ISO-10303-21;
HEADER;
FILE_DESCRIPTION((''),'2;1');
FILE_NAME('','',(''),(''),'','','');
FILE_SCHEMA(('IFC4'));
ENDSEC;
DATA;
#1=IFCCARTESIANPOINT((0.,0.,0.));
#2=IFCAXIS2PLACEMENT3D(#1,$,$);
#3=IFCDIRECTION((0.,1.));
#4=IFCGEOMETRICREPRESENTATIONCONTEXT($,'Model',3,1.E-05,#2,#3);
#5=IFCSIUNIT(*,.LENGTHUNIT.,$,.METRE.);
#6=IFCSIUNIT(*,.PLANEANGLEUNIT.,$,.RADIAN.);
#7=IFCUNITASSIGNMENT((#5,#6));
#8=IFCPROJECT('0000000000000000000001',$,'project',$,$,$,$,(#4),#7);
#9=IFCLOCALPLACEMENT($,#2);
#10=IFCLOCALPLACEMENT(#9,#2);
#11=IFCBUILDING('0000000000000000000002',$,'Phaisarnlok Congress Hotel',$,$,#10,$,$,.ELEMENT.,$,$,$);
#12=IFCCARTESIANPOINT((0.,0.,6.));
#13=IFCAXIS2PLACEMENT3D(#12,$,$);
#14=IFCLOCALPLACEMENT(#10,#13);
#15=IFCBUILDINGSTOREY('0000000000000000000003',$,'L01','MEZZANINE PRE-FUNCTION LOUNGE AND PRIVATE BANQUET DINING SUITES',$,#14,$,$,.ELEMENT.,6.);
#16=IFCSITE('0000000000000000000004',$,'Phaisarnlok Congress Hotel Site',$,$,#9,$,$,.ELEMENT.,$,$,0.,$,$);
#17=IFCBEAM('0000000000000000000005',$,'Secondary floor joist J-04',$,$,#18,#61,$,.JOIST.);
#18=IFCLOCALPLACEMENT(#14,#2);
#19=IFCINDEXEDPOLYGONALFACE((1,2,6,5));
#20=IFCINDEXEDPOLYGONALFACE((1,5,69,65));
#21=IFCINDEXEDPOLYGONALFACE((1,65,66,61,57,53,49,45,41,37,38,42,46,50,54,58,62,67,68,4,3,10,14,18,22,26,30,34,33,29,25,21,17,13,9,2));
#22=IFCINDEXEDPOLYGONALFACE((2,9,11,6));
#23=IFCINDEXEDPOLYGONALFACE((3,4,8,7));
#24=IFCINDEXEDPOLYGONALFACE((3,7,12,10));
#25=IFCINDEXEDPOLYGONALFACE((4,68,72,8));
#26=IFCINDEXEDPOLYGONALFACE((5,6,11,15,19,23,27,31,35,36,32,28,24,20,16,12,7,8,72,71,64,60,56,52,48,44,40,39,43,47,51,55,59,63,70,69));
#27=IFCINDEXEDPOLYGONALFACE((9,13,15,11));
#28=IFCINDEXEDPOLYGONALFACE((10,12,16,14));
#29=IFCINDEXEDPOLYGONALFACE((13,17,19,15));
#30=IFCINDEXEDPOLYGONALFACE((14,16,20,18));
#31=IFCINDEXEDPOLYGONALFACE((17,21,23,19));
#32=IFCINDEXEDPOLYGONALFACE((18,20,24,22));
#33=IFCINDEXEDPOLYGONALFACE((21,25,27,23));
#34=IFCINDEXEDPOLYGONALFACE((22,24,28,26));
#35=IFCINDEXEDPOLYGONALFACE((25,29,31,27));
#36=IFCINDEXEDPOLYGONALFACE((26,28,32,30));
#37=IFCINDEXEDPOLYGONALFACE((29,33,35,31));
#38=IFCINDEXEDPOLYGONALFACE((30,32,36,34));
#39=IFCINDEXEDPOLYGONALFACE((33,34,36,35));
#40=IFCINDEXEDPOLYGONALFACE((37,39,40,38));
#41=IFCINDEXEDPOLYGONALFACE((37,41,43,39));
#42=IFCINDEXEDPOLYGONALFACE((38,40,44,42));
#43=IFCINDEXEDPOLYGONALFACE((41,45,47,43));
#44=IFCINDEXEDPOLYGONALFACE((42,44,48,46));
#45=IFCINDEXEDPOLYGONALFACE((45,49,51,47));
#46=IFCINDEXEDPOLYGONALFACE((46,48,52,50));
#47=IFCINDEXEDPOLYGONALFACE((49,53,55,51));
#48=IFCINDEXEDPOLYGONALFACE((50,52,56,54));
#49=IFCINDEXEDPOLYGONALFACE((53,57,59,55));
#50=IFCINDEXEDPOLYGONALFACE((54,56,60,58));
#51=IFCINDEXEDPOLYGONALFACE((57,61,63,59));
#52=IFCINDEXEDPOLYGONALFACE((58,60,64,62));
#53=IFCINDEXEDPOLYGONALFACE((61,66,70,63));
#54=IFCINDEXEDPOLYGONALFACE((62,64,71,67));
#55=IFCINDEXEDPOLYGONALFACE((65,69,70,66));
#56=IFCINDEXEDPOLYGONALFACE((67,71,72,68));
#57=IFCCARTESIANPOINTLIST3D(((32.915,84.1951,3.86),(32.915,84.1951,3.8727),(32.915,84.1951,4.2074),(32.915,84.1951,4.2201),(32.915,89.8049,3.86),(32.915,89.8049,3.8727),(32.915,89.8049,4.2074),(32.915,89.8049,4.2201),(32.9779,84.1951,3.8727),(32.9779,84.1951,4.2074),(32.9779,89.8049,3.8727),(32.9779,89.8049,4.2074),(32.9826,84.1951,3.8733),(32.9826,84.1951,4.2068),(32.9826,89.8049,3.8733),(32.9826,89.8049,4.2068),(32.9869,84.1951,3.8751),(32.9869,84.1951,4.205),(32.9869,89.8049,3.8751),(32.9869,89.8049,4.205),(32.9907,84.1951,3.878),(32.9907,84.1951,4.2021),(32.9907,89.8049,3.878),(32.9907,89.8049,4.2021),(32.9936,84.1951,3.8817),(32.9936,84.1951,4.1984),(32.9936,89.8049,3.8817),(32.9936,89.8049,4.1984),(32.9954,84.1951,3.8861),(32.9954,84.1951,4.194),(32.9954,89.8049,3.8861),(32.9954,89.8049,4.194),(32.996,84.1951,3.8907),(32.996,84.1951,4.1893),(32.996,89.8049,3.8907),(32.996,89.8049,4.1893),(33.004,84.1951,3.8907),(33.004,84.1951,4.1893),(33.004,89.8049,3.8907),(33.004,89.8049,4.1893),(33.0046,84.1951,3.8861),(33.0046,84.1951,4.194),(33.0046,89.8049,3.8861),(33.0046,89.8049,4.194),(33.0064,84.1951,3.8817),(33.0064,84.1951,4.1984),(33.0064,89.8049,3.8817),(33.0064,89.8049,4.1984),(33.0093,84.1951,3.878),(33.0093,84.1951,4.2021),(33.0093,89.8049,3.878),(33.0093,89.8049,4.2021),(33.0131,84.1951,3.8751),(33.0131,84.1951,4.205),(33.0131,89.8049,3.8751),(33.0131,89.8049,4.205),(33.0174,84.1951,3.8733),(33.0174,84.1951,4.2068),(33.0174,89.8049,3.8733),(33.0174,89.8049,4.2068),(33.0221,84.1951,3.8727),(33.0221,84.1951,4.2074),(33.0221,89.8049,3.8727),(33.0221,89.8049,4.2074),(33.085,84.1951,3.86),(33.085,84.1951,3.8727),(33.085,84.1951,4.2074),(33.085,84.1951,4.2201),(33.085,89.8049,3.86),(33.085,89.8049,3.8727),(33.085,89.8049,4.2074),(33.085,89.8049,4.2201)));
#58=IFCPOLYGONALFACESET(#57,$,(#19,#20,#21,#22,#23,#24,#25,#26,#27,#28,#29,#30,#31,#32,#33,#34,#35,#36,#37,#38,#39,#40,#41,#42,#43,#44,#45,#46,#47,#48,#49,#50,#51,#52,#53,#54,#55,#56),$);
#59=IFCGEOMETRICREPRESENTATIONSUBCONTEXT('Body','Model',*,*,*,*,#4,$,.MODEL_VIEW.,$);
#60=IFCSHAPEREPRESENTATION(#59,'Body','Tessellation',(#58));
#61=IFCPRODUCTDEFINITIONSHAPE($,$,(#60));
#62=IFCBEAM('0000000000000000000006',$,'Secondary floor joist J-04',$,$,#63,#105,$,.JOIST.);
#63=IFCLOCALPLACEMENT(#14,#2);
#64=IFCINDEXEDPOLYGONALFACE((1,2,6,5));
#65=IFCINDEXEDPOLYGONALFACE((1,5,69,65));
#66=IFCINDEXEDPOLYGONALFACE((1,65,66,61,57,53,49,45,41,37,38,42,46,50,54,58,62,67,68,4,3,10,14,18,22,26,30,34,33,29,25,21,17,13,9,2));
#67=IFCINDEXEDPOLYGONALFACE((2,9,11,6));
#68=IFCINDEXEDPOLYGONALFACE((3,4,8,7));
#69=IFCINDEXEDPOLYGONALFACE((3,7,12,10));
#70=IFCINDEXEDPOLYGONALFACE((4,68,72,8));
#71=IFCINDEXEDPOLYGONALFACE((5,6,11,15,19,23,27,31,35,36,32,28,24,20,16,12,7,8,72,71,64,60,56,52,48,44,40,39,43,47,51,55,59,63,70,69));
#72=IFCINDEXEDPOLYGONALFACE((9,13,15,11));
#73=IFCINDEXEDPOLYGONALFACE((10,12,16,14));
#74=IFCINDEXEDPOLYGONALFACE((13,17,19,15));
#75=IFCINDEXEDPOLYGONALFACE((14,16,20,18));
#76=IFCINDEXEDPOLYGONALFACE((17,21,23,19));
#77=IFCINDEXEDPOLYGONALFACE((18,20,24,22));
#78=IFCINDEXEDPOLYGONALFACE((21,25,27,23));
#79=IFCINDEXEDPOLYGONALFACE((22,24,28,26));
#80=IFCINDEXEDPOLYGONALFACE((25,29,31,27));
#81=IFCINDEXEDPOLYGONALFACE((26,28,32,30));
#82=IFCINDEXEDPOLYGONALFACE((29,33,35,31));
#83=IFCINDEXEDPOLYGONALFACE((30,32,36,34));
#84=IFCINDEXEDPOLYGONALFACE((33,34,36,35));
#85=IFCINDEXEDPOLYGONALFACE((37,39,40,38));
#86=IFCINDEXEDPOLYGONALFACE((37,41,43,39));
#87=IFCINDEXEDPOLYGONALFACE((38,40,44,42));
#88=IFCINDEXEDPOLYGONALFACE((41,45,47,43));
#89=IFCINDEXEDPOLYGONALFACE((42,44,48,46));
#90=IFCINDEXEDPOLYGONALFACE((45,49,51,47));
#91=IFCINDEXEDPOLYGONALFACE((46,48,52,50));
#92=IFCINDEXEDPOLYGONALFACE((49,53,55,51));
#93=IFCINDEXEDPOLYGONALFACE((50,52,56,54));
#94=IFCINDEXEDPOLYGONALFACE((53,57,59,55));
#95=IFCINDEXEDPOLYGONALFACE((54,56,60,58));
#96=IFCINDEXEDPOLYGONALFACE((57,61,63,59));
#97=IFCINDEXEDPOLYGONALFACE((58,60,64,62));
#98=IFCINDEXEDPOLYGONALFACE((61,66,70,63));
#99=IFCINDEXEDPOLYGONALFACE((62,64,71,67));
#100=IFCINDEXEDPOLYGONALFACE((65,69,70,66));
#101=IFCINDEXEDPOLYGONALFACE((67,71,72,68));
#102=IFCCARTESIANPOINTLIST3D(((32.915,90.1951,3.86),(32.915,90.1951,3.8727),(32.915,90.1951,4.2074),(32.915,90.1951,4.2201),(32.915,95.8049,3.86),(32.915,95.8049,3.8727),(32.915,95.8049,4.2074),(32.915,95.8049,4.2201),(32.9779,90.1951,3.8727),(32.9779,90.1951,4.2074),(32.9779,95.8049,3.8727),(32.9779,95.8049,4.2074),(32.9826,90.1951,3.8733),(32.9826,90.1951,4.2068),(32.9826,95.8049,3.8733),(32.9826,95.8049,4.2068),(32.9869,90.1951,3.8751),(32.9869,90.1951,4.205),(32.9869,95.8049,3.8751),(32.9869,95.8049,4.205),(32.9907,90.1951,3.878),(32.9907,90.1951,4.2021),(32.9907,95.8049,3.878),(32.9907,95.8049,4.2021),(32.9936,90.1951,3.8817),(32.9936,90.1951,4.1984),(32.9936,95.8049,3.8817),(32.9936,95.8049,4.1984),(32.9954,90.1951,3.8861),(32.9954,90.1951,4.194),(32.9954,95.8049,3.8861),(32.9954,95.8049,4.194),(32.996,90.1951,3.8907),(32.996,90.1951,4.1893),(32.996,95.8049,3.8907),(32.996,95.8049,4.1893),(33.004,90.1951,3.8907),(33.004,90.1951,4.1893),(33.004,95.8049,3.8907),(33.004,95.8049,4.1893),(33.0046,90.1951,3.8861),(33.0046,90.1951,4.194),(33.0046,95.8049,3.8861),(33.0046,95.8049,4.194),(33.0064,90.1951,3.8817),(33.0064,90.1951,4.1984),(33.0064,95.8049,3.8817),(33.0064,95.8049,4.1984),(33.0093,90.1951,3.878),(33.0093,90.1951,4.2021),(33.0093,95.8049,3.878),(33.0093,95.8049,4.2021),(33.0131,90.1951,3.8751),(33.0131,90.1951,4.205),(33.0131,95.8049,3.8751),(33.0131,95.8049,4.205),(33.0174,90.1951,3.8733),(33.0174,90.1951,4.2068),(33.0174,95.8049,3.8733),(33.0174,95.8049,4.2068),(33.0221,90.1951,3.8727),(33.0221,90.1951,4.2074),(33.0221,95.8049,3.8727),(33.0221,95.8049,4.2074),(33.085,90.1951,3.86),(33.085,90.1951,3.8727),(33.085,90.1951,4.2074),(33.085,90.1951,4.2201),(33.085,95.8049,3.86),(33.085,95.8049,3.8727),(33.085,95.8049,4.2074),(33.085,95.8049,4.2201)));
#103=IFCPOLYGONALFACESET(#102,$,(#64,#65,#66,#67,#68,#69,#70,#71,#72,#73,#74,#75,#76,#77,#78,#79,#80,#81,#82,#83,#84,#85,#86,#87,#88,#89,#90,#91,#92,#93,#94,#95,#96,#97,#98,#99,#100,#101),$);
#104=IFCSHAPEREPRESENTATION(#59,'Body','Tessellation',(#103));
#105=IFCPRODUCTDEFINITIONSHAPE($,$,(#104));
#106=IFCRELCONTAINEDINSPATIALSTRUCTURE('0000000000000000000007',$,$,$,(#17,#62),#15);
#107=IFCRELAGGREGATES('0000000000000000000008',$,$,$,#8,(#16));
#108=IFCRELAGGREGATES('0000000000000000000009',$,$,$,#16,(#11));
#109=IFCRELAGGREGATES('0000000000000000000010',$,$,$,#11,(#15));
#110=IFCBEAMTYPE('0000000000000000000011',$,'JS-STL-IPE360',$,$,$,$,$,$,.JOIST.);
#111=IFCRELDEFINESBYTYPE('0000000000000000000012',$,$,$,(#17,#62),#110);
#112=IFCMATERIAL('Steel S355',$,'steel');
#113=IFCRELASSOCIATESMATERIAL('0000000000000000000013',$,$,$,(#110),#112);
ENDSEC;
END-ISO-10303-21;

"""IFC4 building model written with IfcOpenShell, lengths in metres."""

from ifc_helpers import new_model, si_unit, direction, frame, origin, origin_2d, place, context, subcontext, project, spatial, i_section, extrude, material, material_profile, profile_set, type_object, element, save


model = new_model("IFC4")

# Units and contexts
model_context = context("Model", 3, precision=1e-05, world=origin(), true_north=direction((0.0, 1.0)))
body_context = subcontext(model_context, "Body", "Model", "MODEL_VIEW")
ifc_project = project(units=[si_unit("LENGTHUNIT", "METRE"), si_unit("PLANEANGLEUNIT", "RADIAN")], contexts=[model_context])

# Site, building, storey
site_placement = place(None, origin())
site = spatial("IfcSite", under=ifc_project, at=site_placement, Name="Phaisarnlok Congress Hotel Site", CompositionType="ELEMENT", RefElevation=0.0)
building_placement = place(site_placement, origin())
building = spatial("IfcBuilding", under=site, at=building_placement, Name="Phaisarnlok Congress Hotel", CompositionType="ELEMENT")
storey_placement = place(building_placement, frame((0.0, 0.0, 6.0)))
storey = spatial("IfcBuildingStorey", under=building, at=storey_placement, Name="L01", Description="MEZZANINE PRE-FUNCTION LOUNGE AND PRIVATE BANQUET DINING SUITES", CompositionType="ELEMENT", Elevation=6.0)

# Shared definitions
ifc_material_1 = material(Name="Steel S355", Category="steel")

# Beams
ifc_material_profile_1 = material_profile(ifc_material_1, i_section(OverallWidth=0.1699, OverallDepth=0.3601, WebThickness=0.0081, FlangeThickness=0.0127, FilletRadius=0.0181, at=origin_2d()), Name="IPE 360")
ifc_profile_set_1 = profile_set([ifc_material_profile_1], Name="Steel S355")
beam_type_1 = type_object("IfcBeamType", Name="JS-STL-IPE360", PredefinedType="JOIST", material=ifc_profile_set_1)
for number, where, z_axis, x_axis, name in (
    (1, (33.0, 84.1951, 4.04), (0.0, 1.0, 0.0), (-1.0, 0.0, 0.0), "Secondary floor joist J-04"),
    (2, (33.0, 90.1951, 4.04), (0.0, 1.0, 0.0), (-1.0, 0.0, 0.0), "Secondary floor joist J-04"),
):
    element("IfcBeam", number, at=place(storey_placement, frame(where, z_axis=z_axis, x_axis=x_axis)), inside=storey, type_object=beam_type_1, Name=name, PredefinedType="JOIST", context=body_context, shape_type="SweptSolid", body=[
        extrude(i_section(OverallWidth=0.1699, OverallDepth=0.3601, WebThickness=0.0081, FlangeThickness=0.0127, FilletRadius=0.0181, at=origin_2d()), origin(), (0.0, 0.0, 1.0), 5.6099),
    ])

save(model, "model.ifc")
